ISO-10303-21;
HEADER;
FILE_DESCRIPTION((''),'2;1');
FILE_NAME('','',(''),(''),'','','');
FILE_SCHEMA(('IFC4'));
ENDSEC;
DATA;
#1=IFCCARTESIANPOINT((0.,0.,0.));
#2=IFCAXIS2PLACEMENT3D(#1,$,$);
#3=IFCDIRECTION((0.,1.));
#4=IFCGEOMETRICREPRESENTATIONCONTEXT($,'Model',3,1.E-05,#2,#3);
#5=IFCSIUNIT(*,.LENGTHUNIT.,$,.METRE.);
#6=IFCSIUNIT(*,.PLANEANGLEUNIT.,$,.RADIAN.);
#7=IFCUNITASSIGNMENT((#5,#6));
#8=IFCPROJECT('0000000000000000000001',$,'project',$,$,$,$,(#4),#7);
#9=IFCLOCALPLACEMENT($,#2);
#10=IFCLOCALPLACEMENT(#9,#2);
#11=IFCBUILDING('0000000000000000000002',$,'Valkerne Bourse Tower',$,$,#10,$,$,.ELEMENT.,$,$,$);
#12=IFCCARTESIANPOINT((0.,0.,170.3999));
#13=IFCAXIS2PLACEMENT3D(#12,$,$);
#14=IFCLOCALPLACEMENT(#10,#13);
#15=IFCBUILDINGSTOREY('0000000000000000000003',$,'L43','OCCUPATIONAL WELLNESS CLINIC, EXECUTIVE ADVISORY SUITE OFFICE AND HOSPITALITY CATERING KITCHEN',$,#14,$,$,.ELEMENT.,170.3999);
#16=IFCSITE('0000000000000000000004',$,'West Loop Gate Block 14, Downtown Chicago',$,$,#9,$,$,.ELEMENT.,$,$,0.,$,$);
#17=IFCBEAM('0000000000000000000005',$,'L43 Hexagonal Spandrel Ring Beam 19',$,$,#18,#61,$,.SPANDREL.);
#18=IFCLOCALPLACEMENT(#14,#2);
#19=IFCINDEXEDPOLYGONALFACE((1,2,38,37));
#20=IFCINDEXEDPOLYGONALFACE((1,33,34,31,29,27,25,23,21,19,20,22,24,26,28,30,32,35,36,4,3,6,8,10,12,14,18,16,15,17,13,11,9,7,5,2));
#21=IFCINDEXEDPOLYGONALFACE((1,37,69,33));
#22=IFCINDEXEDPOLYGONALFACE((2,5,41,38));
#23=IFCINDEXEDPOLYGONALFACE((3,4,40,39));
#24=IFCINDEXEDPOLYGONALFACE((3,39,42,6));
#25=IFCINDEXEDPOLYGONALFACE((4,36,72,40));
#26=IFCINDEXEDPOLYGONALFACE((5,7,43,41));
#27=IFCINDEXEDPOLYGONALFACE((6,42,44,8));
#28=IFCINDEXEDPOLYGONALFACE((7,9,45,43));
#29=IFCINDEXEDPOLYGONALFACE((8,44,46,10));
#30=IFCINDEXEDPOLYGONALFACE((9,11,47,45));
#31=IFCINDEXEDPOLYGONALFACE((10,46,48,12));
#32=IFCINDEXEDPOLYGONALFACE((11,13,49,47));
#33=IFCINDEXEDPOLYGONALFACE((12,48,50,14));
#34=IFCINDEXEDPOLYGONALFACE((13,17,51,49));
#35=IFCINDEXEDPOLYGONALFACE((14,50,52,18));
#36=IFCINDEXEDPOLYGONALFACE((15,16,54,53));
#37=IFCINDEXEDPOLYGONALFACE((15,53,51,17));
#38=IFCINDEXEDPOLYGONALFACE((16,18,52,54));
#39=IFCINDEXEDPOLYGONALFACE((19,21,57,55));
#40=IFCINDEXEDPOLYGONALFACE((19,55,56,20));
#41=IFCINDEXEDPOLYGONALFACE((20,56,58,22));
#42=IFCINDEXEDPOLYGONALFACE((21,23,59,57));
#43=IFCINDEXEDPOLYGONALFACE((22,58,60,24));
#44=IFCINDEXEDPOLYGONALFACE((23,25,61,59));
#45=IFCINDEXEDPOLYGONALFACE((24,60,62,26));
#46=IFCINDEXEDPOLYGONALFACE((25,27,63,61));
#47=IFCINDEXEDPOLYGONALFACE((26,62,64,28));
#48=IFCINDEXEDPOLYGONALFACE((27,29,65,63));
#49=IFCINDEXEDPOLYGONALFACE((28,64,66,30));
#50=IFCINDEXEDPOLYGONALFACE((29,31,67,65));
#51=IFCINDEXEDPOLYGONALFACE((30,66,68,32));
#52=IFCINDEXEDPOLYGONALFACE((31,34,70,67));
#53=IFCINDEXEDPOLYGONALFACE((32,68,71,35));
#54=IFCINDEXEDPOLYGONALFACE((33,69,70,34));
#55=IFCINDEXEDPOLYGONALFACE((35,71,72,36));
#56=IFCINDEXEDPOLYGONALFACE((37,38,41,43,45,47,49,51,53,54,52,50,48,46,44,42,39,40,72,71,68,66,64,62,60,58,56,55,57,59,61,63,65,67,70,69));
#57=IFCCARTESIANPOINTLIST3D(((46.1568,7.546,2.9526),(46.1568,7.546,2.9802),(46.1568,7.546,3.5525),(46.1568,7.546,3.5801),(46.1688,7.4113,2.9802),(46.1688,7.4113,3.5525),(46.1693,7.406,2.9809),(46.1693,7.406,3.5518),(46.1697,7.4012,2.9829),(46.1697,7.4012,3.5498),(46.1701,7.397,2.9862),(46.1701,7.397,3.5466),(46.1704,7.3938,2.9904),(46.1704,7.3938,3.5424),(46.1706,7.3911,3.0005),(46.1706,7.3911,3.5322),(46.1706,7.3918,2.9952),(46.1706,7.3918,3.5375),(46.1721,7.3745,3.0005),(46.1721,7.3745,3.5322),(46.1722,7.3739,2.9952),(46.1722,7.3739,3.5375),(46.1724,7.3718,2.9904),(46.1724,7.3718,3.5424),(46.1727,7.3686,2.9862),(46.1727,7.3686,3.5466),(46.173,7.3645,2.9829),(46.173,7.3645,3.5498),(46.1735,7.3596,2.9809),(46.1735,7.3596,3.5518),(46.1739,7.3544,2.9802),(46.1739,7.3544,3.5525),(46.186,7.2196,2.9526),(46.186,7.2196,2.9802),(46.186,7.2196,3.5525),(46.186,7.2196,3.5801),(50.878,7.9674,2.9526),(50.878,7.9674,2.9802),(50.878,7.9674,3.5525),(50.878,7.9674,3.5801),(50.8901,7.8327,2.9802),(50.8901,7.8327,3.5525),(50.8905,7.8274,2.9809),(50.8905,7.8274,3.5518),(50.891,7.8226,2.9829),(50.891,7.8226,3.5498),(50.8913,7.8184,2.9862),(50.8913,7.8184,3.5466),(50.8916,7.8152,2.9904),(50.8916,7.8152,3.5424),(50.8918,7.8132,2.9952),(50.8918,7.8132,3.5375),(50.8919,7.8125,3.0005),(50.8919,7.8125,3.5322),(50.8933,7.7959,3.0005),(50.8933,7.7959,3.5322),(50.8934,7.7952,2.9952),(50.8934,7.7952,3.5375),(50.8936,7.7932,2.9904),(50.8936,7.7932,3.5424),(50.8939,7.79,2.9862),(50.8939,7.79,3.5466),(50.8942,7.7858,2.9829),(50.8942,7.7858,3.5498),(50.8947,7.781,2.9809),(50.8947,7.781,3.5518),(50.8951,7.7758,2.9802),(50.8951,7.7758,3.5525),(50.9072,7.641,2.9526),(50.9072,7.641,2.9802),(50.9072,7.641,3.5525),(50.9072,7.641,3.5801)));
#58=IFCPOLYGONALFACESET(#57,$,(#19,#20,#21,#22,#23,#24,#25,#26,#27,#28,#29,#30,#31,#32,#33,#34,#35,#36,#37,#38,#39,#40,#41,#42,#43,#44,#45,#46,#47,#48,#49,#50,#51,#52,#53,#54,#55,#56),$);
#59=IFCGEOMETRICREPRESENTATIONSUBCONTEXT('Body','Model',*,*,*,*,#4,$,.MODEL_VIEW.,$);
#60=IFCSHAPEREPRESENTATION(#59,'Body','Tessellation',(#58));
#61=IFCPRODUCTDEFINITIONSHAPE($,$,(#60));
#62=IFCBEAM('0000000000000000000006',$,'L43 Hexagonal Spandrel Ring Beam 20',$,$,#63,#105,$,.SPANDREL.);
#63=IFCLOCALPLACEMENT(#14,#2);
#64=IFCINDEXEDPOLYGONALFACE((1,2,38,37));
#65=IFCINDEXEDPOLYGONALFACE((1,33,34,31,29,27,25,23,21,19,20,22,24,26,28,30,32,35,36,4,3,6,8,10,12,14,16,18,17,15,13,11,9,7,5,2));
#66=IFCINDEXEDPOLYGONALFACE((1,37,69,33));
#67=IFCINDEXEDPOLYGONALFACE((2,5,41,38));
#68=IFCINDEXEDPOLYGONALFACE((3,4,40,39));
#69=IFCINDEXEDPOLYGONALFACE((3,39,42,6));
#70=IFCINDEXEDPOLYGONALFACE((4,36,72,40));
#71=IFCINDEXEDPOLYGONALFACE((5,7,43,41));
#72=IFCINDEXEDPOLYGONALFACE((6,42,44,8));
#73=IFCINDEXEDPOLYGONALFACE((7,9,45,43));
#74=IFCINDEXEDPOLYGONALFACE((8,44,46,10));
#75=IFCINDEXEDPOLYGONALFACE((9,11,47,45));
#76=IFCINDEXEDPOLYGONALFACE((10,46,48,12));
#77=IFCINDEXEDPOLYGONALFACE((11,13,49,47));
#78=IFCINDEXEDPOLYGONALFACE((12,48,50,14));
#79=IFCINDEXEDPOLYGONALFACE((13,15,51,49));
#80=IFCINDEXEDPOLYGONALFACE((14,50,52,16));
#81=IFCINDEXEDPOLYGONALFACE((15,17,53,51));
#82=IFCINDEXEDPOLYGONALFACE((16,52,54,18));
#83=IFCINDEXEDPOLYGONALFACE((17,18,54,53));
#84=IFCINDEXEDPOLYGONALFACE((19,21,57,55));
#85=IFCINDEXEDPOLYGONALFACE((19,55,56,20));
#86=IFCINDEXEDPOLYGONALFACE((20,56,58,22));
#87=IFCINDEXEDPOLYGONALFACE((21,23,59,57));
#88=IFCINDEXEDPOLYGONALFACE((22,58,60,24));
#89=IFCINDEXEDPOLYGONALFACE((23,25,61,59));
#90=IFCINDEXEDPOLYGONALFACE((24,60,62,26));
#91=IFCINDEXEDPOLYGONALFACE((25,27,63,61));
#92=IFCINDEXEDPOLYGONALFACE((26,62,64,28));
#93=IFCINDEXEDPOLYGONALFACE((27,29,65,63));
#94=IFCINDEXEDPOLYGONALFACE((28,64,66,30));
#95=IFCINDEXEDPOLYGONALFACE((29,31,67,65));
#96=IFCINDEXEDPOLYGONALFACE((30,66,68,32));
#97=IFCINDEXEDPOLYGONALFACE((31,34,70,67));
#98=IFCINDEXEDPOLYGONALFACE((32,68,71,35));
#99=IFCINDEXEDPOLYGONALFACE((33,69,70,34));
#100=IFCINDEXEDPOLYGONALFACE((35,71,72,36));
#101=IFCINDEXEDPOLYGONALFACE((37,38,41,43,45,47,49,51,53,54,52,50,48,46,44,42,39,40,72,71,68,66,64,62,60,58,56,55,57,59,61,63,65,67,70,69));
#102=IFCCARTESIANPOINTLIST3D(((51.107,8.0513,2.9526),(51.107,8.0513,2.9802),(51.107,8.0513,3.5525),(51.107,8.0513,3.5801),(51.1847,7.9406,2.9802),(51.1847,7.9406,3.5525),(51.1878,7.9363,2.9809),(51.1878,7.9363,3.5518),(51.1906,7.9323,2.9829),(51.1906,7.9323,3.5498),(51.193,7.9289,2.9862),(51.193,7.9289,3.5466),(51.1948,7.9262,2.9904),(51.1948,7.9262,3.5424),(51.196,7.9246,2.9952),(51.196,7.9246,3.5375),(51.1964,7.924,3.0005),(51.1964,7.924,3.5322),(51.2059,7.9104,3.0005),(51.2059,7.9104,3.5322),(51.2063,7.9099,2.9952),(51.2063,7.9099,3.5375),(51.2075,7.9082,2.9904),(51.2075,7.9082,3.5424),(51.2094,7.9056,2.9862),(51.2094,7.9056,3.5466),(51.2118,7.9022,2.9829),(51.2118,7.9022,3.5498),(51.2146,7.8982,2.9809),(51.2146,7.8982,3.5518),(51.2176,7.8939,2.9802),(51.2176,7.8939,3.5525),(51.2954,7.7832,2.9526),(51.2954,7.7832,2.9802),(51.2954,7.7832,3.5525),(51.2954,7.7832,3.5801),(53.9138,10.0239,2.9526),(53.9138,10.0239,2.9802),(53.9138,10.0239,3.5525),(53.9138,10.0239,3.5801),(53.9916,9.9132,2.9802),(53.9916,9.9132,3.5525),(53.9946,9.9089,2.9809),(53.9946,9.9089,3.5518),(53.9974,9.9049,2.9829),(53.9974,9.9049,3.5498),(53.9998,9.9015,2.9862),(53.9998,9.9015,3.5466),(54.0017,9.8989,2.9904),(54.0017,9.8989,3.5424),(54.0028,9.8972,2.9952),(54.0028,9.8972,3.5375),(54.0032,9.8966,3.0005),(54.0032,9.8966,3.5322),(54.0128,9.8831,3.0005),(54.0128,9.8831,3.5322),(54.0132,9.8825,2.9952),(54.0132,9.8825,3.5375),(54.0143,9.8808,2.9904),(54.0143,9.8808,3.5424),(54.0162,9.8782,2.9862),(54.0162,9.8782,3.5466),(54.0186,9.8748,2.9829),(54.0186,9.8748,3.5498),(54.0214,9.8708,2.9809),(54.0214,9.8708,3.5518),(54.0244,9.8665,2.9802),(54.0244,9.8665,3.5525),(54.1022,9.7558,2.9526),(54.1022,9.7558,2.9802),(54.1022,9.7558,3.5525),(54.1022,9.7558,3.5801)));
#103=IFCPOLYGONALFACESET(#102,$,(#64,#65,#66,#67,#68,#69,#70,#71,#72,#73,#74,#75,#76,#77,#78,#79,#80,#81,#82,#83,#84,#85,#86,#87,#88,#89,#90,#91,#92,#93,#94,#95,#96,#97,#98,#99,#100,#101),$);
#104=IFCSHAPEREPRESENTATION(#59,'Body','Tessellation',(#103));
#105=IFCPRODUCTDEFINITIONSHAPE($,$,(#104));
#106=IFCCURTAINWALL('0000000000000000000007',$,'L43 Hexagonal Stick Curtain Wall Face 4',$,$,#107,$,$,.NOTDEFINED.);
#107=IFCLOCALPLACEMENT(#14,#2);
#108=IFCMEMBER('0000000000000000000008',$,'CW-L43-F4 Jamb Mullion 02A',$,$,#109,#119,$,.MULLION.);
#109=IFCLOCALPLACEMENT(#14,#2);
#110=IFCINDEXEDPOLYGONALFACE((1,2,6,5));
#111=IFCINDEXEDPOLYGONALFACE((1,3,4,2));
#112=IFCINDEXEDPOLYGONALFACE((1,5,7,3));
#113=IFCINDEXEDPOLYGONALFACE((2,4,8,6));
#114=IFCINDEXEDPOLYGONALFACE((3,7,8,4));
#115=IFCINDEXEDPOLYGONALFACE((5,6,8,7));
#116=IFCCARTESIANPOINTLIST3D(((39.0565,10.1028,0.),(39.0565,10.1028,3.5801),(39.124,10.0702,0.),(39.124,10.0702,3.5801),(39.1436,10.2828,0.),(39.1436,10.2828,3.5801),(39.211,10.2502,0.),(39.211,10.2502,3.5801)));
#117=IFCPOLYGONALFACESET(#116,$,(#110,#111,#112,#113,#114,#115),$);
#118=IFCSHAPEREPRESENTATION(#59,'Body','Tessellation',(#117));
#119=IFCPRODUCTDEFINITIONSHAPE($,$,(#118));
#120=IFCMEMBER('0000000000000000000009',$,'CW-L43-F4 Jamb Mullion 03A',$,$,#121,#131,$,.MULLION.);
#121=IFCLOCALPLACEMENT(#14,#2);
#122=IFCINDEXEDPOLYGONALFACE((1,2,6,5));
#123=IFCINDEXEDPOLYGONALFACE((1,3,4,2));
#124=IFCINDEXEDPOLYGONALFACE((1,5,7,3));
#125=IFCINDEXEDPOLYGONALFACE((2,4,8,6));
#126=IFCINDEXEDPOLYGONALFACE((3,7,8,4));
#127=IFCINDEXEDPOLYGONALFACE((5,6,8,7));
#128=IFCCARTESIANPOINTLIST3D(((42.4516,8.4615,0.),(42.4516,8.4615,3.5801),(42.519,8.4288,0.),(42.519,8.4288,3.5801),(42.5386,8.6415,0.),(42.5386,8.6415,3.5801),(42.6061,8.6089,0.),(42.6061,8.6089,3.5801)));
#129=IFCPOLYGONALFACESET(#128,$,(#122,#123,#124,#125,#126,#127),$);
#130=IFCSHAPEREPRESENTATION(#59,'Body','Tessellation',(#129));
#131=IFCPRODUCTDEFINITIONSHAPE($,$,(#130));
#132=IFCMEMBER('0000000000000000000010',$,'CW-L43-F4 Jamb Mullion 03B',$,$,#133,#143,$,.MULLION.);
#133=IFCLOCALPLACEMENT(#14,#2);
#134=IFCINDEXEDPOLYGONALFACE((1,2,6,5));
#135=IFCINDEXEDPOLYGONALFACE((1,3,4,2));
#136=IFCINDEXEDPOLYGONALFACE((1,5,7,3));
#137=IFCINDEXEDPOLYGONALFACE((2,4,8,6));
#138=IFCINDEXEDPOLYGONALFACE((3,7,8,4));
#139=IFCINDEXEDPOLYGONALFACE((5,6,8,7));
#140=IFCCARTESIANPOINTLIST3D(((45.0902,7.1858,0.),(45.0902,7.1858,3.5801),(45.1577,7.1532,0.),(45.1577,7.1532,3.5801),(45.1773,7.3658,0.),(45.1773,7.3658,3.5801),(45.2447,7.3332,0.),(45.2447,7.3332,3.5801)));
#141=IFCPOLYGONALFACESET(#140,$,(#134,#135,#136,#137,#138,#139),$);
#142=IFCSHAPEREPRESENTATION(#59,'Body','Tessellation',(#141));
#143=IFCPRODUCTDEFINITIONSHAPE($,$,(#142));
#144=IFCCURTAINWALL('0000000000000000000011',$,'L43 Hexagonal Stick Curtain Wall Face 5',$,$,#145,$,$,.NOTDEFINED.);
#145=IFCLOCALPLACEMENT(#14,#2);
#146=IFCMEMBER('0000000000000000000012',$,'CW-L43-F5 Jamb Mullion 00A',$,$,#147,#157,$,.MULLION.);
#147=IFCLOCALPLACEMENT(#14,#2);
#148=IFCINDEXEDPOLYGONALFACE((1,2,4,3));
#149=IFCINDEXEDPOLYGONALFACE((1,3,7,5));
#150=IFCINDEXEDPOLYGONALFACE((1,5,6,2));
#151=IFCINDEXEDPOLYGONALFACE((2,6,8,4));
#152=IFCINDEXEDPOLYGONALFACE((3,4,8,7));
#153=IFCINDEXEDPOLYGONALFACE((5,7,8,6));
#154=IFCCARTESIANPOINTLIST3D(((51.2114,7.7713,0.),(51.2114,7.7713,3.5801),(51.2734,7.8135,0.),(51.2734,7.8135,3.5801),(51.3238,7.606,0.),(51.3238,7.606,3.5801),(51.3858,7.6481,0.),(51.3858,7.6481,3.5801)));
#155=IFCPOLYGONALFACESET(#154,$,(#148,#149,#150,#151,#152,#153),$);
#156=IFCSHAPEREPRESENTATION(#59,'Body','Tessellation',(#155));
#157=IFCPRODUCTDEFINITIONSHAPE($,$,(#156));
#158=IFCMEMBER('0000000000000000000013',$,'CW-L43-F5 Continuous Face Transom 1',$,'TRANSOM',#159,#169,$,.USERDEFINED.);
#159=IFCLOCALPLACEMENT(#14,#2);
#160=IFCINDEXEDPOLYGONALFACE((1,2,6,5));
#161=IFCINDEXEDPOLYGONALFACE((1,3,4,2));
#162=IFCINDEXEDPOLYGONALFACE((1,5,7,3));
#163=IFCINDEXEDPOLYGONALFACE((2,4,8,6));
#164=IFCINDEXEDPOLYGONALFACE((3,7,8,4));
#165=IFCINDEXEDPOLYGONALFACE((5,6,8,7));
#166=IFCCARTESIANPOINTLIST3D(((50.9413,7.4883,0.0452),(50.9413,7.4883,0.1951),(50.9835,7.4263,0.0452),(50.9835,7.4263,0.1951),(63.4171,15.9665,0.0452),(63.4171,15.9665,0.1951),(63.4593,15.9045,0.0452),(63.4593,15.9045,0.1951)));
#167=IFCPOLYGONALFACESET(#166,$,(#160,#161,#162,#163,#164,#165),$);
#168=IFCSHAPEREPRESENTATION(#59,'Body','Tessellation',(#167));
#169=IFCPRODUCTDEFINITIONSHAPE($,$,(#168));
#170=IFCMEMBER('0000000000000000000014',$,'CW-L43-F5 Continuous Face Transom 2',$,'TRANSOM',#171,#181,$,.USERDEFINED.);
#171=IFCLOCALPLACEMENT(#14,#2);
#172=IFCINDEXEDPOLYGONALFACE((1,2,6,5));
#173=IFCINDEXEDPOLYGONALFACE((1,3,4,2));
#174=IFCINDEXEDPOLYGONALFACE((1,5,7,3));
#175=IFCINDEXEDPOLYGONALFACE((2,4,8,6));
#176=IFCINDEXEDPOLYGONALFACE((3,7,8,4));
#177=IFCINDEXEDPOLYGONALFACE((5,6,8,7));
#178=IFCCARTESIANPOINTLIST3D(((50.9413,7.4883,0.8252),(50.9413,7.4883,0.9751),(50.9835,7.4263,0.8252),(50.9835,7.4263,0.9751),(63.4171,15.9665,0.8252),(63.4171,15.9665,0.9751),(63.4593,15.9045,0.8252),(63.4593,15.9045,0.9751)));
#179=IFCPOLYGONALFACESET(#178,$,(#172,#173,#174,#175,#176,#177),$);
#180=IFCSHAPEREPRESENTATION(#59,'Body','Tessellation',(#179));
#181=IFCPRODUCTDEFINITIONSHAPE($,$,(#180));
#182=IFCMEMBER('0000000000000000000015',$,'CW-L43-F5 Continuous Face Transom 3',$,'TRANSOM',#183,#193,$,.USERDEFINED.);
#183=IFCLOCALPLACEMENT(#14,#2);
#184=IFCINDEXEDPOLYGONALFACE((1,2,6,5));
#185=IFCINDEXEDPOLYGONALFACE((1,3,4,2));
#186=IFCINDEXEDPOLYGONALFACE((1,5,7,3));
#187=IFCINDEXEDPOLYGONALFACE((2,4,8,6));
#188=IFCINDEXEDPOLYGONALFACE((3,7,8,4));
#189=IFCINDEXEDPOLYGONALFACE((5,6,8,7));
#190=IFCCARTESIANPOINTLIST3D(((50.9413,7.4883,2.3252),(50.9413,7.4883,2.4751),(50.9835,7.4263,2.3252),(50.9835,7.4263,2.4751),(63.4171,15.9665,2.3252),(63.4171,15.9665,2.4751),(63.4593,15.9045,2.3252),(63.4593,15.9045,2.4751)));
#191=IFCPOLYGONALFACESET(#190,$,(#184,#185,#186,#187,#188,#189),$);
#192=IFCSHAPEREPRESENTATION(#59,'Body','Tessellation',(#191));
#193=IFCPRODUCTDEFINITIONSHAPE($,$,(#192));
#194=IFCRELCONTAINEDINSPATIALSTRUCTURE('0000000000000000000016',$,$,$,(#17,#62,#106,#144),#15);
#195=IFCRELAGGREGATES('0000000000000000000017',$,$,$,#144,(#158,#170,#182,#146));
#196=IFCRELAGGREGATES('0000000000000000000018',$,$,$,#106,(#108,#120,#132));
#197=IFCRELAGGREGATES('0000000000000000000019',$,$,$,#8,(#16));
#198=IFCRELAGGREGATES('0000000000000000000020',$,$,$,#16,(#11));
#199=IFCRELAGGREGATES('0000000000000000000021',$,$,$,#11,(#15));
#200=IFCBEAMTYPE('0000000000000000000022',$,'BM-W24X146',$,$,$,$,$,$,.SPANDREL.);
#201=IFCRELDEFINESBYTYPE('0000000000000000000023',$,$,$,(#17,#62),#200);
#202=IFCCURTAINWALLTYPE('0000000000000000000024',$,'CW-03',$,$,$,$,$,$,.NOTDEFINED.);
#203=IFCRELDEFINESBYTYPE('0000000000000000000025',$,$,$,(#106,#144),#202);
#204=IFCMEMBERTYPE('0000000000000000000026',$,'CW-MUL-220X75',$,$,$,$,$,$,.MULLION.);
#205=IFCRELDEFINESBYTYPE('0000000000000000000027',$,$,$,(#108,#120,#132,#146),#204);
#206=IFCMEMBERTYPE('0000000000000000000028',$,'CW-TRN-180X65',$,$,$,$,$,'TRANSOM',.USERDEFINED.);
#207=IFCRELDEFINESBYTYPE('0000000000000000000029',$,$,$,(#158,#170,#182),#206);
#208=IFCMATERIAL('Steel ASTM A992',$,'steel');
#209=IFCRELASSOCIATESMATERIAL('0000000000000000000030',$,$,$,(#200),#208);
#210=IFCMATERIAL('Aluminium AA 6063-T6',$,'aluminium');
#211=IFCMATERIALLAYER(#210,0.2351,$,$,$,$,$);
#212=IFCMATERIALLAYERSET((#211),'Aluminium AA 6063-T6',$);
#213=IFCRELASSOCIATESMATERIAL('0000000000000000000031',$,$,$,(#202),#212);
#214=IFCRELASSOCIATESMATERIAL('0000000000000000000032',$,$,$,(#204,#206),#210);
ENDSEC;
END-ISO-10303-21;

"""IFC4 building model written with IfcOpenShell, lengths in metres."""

from ifc_helpers import new_model, si_unit, direction, frame, origin, origin_2d, place, context, subcontext, project, spatial, rectangle, i_section, extrude, material, layer, layer_set, material_profile, profile_set, type_object, element, aggregate, save


model = new_model("IFC4")

# Units and contexts
model_context = context("Model", 3, precision=1e-05, world=origin(), true_north=direction((0.0, 1.0)))
body_context = subcontext(model_context, "Body", "Model", "MODEL_VIEW")
ifc_project = project(units=[si_unit("LENGTHUNIT", "METRE"), si_unit("PLANEANGLEUNIT", "RADIAN")], contexts=[model_context])

# Site, building, storey
site_placement = place(None, origin())
site = spatial("IfcSite", under=ifc_project, at=site_placement, Name="West Loop Gate Block 14, Downtown Chicago", CompositionType="ELEMENT", RefElevation=0.0)
building_placement = place(site_placement, origin())
building = spatial("IfcBuilding", under=site, at=building_placement, Name="Valkerne Bourse Tower", CompositionType="ELEMENT")
storey_placement = place(building_placement, frame((0.0, 0.0, 170.3999)))
storey = spatial("IfcBuildingStorey", under=building, at=storey_placement, Name="L43", Description="OCCUPATIONAL WELLNESS CLINIC, EXECUTIVE ADVISORY SUITE OFFICE AND HOSPITALITY CATERING KITCHEN", CompositionType="ELEMENT", Elevation=170.3999)

# Beams
ifc_material_1 = material(Name="Steel ASTM A992", Category="steel")
ifc_material_profile_1 = material_profile(ifc_material_1, i_section(OverallWidth=0.3276, OverallDepth=0.6274, WebThickness=0.0166, FlangeThickness=0.0276, FilletRadius=0.0203, at=origin_2d()), Name="W24X146")
ifc_profile_set_1 = profile_set([ifc_material_profile_1], Name="Steel ASTM A992")
beam_type_1 = type_object("IfcBeamType", Name="BM-W24X146", PredefinedType="SPANDREL", material=ifc_profile_set_1)
beam_1_placement = place(storey_placement, frame((46.1714, 7.3828, 3.2664), z_axis=(0.99604, 0.088901, 0.0), x_axis=(-0.088901, 0.99604, 0.0)))
element("IfcBeam", 1, at=beam_1_placement, inside=storey, type_object=beam_type_1, Name="L43 Hexagonal Spandrel Ring Beam 19", PredefinedType="SPANDREL", context=body_context, shape_type="SweptSolid", body=[
    extrude(i_section(OverallWidth=0.3276, OverallDepth=0.6274, WebThickness=0.0166, FlangeThickness=0.0276, FilletRadius=0.0203, at=origin_2d()), origin(), (0.0, 0.0, 1.0), 4.74),
])
beam_2_placement = place(storey_placement, frame((51.2012, 7.9172, 3.2664), z_axis=(0.818157, 0.574994, 0.0), x_axis=(-0.574994, 0.818157, 0.0)))
element("IfcBeam", 2, at=beam_2_placement, inside=storey, type_object=beam_type_1, Name="L43 Hexagonal Spandrel Ring Beam 20", PredefinedType="SPANDREL", context=body_context, shape_type="SweptSolid", body=[
    extrude(i_section(OverallWidth=0.3276, OverallDepth=0.6274, WebThickness=0.0166, FlangeThickness=0.0276, FilletRadius=0.0203, at=origin_2d()), origin(), (0.0, 0.0, 1.0), 3.4307),
])

# Curtain walls, members
ifc_material_2 = material(Name="Aluminium AA 6063-T6", Category="aluminium")
ifc_layer_1 = layer(ifc_material_2, 0.2351)
ifc_layer_set_1 = layer_set([ifc_layer_1], Name="Aluminium AA 6063-T6")
curtain_wall_type = type_object("IfcCurtainWallType", Name="CW-03", PredefinedType="NOTDEFINED", material=ifc_layer_set_1)
curtain_wall_1_placement = place(storey_placement, origin())
curtain_wall_1 = element("IfcCurtainWall", 3, at=curtain_wall_1_placement, inside=storey, type_object=curtain_wall_type, Name="L43 Hexagonal Stick Curtain Wall Face 4", PredefinedType="NOTDEFINED")
ifc_material_profile_2 = material_profile(ifc_material_2, rectangle(XDim=0.075, YDim=0.2, at=origin_2d()), Name="CWM-75X200")
ifc_profile_set_2 = profile_set([ifc_material_profile_2], Name="Aluminium AA 6063-T6")
member_type_1 = type_object("IfcMemberType", Name="CW-MUL-220X75", PredefinedType="MULLION", material=ifc_profile_set_2)
member_1_placement = place(storey_placement, frame((39.1338, 10.1765, 0.0), z_axis=(0.0, 0.0, 1.0), x_axis=(0.900325, -0.435219, 0.0)))
member_1 = element("IfcMember", 4, at=member_1_placement, type_object=member_type_1, Name="CW-L43-F4 Jamb Mullion 02A", PredefinedType="MULLION", context=body_context, shape_type="SweptSolid", body=[
    extrude(rectangle(XDim=0.075, YDim=0.2, at=origin_2d()), origin(), (0.0, 0.0, 1.0), 3.5801),
])
member_2_placement = place(storey_placement, frame((42.5288, 8.5352, 0.0), z_axis=(0.0, 0.0, 1.0), x_axis=(0.900314, -0.435241, 0.0)))
member_2 = element("IfcMember", 5, at=member_2_placement, type_object=member_type_1, Name="CW-L43-F4 Jamb Mullion 03A", PredefinedType="MULLION", context=body_context, shape_type="SweptSolid", body=[
    extrude(rectangle(XDim=0.075, YDim=0.2, at=origin_2d()), origin(), (0.0, 0.0, 1.0), 3.5801),
])
member_3_placement = place(storey_placement, frame((45.1675, 7.2595, 0.0), z_axis=(0.0, 0.0, 1.0), x_axis=(0.900314, -0.435241, 0.0)))
member_3 = element("IfcMember", 6, at=member_3_placement, type_object=member_type_1, Name="CW-L43-F4 Jamb Mullion 03B", PredefinedType="MULLION", context=body_context, shape_type="SweptSolid", body=[
    extrude(rectangle(XDim=0.075, YDim=0.2, at=origin_2d()), origin(), (0.0, 0.0, 1.0), 3.5801),
])
curtain_wall_2_placement = place(storey_placement, origin())
curtain_wall_2 = element("IfcCurtainWall", 7, at=curtain_wall_2_placement, inside=storey, type_object=curtain_wall_type, Name="L43 Hexagonal Stick Curtain Wall Face 5", PredefinedType="NOTDEFINED")
member_4_placement = place(storey_placement, frame((51.2986, 7.7097, 0.0), z_axis=(0.0, 0.0, 1.0), x_axis=(0.827081, 0.562083, 0.0)))
member_4 = element("IfcMember", 8, at=member_4_placement, type_object=member_type_1, Name="CW-L43-F5 Jamb Mullion 00A", PredefinedType="MULLION", context=body_context, shape_type="SweptSolid", body=[
    extrude(rectangle(XDim=0.075, YDim=0.2, at=origin_2d()), origin(), (0.0, 0.0, 1.0), 3.5801),
])
ifc_material_profile_3 = material_profile(ifc_material_2, rectangle(XDim=0.075, YDim=0.1499, at=origin_2d()), Name="CWT-75X150")
ifc_profile_set_3 = profile_set([ifc_material_profile_3], Name="Aluminium AA 6063-T6")
member_type_2 = type_object("IfcMemberType", Name="CW-TRN-180X65", ElementType="TRANSOM", PredefinedType="USERDEFINED", material=ifc_profile_set_3)
member_5_placement = place(storey_placement, frame((50.9624, 7.4573, 0.1201), z_axis=(0.82709, 0.56207, 0.0), x_axis=(-0.56207, 0.82709, 0.0)))
member_5 = element("IfcMember", 9, at=member_5_placement, type_object=member_type_2, Name="CW-L43-F5 Continuous Face Transom 1", ObjectType="TRANSOM", PredefinedType="USERDEFINED", context=body_context, shape_type="SweptSolid", body=[
    extrude(rectangle(XDim=0.075, YDim=0.1499, at=origin_2d()), origin(), (0.0, 0.0, 1.0), 15.084),
])
member_6_placement = place(storey_placement, frame((50.9624, 7.4573, 0.9001), z_axis=(0.82709, 0.56207, 0.0), x_axis=(-0.56207, 0.82709, 0.0)))
member_6 = element("IfcMember", 10, at=member_6_placement, type_object=member_type_2, Name="CW-L43-F5 Continuous Face Transom 2", ObjectType="TRANSOM", PredefinedType="USERDEFINED", context=body_context, shape_type="SweptSolid", body=[
    extrude(rectangle(XDim=0.075, YDim=0.1499, at=origin_2d()), origin(), (0.0, 0.0, 1.0), 15.084),
])
member_7_placement = place(storey_placement, frame((50.9624, 7.4573, 2.4001), z_axis=(0.82709, 0.56207, 0.0), x_axis=(-0.56207, 0.82709, 0.0)))
member_7 = element("IfcMember", 11, at=member_7_placement, type_object=member_type_2, Name="CW-L43-F5 Continuous Face Transom 3", ObjectType="TRANSOM", PredefinedType="USERDEFINED", context=body_context, shape_type="SweptSolid", body=[
    extrude(rectangle(XDim=0.075, YDim=0.1499, at=origin_2d()), origin(), (0.0, 0.0, 1.0), 15.084),
])
aggregate(curtain_wall_2, [member_5, member_6, member_7, member_4])

aggregate(curtain_wall_1, [member_1, member_2, member_3])

save(model, "model.ifc")
